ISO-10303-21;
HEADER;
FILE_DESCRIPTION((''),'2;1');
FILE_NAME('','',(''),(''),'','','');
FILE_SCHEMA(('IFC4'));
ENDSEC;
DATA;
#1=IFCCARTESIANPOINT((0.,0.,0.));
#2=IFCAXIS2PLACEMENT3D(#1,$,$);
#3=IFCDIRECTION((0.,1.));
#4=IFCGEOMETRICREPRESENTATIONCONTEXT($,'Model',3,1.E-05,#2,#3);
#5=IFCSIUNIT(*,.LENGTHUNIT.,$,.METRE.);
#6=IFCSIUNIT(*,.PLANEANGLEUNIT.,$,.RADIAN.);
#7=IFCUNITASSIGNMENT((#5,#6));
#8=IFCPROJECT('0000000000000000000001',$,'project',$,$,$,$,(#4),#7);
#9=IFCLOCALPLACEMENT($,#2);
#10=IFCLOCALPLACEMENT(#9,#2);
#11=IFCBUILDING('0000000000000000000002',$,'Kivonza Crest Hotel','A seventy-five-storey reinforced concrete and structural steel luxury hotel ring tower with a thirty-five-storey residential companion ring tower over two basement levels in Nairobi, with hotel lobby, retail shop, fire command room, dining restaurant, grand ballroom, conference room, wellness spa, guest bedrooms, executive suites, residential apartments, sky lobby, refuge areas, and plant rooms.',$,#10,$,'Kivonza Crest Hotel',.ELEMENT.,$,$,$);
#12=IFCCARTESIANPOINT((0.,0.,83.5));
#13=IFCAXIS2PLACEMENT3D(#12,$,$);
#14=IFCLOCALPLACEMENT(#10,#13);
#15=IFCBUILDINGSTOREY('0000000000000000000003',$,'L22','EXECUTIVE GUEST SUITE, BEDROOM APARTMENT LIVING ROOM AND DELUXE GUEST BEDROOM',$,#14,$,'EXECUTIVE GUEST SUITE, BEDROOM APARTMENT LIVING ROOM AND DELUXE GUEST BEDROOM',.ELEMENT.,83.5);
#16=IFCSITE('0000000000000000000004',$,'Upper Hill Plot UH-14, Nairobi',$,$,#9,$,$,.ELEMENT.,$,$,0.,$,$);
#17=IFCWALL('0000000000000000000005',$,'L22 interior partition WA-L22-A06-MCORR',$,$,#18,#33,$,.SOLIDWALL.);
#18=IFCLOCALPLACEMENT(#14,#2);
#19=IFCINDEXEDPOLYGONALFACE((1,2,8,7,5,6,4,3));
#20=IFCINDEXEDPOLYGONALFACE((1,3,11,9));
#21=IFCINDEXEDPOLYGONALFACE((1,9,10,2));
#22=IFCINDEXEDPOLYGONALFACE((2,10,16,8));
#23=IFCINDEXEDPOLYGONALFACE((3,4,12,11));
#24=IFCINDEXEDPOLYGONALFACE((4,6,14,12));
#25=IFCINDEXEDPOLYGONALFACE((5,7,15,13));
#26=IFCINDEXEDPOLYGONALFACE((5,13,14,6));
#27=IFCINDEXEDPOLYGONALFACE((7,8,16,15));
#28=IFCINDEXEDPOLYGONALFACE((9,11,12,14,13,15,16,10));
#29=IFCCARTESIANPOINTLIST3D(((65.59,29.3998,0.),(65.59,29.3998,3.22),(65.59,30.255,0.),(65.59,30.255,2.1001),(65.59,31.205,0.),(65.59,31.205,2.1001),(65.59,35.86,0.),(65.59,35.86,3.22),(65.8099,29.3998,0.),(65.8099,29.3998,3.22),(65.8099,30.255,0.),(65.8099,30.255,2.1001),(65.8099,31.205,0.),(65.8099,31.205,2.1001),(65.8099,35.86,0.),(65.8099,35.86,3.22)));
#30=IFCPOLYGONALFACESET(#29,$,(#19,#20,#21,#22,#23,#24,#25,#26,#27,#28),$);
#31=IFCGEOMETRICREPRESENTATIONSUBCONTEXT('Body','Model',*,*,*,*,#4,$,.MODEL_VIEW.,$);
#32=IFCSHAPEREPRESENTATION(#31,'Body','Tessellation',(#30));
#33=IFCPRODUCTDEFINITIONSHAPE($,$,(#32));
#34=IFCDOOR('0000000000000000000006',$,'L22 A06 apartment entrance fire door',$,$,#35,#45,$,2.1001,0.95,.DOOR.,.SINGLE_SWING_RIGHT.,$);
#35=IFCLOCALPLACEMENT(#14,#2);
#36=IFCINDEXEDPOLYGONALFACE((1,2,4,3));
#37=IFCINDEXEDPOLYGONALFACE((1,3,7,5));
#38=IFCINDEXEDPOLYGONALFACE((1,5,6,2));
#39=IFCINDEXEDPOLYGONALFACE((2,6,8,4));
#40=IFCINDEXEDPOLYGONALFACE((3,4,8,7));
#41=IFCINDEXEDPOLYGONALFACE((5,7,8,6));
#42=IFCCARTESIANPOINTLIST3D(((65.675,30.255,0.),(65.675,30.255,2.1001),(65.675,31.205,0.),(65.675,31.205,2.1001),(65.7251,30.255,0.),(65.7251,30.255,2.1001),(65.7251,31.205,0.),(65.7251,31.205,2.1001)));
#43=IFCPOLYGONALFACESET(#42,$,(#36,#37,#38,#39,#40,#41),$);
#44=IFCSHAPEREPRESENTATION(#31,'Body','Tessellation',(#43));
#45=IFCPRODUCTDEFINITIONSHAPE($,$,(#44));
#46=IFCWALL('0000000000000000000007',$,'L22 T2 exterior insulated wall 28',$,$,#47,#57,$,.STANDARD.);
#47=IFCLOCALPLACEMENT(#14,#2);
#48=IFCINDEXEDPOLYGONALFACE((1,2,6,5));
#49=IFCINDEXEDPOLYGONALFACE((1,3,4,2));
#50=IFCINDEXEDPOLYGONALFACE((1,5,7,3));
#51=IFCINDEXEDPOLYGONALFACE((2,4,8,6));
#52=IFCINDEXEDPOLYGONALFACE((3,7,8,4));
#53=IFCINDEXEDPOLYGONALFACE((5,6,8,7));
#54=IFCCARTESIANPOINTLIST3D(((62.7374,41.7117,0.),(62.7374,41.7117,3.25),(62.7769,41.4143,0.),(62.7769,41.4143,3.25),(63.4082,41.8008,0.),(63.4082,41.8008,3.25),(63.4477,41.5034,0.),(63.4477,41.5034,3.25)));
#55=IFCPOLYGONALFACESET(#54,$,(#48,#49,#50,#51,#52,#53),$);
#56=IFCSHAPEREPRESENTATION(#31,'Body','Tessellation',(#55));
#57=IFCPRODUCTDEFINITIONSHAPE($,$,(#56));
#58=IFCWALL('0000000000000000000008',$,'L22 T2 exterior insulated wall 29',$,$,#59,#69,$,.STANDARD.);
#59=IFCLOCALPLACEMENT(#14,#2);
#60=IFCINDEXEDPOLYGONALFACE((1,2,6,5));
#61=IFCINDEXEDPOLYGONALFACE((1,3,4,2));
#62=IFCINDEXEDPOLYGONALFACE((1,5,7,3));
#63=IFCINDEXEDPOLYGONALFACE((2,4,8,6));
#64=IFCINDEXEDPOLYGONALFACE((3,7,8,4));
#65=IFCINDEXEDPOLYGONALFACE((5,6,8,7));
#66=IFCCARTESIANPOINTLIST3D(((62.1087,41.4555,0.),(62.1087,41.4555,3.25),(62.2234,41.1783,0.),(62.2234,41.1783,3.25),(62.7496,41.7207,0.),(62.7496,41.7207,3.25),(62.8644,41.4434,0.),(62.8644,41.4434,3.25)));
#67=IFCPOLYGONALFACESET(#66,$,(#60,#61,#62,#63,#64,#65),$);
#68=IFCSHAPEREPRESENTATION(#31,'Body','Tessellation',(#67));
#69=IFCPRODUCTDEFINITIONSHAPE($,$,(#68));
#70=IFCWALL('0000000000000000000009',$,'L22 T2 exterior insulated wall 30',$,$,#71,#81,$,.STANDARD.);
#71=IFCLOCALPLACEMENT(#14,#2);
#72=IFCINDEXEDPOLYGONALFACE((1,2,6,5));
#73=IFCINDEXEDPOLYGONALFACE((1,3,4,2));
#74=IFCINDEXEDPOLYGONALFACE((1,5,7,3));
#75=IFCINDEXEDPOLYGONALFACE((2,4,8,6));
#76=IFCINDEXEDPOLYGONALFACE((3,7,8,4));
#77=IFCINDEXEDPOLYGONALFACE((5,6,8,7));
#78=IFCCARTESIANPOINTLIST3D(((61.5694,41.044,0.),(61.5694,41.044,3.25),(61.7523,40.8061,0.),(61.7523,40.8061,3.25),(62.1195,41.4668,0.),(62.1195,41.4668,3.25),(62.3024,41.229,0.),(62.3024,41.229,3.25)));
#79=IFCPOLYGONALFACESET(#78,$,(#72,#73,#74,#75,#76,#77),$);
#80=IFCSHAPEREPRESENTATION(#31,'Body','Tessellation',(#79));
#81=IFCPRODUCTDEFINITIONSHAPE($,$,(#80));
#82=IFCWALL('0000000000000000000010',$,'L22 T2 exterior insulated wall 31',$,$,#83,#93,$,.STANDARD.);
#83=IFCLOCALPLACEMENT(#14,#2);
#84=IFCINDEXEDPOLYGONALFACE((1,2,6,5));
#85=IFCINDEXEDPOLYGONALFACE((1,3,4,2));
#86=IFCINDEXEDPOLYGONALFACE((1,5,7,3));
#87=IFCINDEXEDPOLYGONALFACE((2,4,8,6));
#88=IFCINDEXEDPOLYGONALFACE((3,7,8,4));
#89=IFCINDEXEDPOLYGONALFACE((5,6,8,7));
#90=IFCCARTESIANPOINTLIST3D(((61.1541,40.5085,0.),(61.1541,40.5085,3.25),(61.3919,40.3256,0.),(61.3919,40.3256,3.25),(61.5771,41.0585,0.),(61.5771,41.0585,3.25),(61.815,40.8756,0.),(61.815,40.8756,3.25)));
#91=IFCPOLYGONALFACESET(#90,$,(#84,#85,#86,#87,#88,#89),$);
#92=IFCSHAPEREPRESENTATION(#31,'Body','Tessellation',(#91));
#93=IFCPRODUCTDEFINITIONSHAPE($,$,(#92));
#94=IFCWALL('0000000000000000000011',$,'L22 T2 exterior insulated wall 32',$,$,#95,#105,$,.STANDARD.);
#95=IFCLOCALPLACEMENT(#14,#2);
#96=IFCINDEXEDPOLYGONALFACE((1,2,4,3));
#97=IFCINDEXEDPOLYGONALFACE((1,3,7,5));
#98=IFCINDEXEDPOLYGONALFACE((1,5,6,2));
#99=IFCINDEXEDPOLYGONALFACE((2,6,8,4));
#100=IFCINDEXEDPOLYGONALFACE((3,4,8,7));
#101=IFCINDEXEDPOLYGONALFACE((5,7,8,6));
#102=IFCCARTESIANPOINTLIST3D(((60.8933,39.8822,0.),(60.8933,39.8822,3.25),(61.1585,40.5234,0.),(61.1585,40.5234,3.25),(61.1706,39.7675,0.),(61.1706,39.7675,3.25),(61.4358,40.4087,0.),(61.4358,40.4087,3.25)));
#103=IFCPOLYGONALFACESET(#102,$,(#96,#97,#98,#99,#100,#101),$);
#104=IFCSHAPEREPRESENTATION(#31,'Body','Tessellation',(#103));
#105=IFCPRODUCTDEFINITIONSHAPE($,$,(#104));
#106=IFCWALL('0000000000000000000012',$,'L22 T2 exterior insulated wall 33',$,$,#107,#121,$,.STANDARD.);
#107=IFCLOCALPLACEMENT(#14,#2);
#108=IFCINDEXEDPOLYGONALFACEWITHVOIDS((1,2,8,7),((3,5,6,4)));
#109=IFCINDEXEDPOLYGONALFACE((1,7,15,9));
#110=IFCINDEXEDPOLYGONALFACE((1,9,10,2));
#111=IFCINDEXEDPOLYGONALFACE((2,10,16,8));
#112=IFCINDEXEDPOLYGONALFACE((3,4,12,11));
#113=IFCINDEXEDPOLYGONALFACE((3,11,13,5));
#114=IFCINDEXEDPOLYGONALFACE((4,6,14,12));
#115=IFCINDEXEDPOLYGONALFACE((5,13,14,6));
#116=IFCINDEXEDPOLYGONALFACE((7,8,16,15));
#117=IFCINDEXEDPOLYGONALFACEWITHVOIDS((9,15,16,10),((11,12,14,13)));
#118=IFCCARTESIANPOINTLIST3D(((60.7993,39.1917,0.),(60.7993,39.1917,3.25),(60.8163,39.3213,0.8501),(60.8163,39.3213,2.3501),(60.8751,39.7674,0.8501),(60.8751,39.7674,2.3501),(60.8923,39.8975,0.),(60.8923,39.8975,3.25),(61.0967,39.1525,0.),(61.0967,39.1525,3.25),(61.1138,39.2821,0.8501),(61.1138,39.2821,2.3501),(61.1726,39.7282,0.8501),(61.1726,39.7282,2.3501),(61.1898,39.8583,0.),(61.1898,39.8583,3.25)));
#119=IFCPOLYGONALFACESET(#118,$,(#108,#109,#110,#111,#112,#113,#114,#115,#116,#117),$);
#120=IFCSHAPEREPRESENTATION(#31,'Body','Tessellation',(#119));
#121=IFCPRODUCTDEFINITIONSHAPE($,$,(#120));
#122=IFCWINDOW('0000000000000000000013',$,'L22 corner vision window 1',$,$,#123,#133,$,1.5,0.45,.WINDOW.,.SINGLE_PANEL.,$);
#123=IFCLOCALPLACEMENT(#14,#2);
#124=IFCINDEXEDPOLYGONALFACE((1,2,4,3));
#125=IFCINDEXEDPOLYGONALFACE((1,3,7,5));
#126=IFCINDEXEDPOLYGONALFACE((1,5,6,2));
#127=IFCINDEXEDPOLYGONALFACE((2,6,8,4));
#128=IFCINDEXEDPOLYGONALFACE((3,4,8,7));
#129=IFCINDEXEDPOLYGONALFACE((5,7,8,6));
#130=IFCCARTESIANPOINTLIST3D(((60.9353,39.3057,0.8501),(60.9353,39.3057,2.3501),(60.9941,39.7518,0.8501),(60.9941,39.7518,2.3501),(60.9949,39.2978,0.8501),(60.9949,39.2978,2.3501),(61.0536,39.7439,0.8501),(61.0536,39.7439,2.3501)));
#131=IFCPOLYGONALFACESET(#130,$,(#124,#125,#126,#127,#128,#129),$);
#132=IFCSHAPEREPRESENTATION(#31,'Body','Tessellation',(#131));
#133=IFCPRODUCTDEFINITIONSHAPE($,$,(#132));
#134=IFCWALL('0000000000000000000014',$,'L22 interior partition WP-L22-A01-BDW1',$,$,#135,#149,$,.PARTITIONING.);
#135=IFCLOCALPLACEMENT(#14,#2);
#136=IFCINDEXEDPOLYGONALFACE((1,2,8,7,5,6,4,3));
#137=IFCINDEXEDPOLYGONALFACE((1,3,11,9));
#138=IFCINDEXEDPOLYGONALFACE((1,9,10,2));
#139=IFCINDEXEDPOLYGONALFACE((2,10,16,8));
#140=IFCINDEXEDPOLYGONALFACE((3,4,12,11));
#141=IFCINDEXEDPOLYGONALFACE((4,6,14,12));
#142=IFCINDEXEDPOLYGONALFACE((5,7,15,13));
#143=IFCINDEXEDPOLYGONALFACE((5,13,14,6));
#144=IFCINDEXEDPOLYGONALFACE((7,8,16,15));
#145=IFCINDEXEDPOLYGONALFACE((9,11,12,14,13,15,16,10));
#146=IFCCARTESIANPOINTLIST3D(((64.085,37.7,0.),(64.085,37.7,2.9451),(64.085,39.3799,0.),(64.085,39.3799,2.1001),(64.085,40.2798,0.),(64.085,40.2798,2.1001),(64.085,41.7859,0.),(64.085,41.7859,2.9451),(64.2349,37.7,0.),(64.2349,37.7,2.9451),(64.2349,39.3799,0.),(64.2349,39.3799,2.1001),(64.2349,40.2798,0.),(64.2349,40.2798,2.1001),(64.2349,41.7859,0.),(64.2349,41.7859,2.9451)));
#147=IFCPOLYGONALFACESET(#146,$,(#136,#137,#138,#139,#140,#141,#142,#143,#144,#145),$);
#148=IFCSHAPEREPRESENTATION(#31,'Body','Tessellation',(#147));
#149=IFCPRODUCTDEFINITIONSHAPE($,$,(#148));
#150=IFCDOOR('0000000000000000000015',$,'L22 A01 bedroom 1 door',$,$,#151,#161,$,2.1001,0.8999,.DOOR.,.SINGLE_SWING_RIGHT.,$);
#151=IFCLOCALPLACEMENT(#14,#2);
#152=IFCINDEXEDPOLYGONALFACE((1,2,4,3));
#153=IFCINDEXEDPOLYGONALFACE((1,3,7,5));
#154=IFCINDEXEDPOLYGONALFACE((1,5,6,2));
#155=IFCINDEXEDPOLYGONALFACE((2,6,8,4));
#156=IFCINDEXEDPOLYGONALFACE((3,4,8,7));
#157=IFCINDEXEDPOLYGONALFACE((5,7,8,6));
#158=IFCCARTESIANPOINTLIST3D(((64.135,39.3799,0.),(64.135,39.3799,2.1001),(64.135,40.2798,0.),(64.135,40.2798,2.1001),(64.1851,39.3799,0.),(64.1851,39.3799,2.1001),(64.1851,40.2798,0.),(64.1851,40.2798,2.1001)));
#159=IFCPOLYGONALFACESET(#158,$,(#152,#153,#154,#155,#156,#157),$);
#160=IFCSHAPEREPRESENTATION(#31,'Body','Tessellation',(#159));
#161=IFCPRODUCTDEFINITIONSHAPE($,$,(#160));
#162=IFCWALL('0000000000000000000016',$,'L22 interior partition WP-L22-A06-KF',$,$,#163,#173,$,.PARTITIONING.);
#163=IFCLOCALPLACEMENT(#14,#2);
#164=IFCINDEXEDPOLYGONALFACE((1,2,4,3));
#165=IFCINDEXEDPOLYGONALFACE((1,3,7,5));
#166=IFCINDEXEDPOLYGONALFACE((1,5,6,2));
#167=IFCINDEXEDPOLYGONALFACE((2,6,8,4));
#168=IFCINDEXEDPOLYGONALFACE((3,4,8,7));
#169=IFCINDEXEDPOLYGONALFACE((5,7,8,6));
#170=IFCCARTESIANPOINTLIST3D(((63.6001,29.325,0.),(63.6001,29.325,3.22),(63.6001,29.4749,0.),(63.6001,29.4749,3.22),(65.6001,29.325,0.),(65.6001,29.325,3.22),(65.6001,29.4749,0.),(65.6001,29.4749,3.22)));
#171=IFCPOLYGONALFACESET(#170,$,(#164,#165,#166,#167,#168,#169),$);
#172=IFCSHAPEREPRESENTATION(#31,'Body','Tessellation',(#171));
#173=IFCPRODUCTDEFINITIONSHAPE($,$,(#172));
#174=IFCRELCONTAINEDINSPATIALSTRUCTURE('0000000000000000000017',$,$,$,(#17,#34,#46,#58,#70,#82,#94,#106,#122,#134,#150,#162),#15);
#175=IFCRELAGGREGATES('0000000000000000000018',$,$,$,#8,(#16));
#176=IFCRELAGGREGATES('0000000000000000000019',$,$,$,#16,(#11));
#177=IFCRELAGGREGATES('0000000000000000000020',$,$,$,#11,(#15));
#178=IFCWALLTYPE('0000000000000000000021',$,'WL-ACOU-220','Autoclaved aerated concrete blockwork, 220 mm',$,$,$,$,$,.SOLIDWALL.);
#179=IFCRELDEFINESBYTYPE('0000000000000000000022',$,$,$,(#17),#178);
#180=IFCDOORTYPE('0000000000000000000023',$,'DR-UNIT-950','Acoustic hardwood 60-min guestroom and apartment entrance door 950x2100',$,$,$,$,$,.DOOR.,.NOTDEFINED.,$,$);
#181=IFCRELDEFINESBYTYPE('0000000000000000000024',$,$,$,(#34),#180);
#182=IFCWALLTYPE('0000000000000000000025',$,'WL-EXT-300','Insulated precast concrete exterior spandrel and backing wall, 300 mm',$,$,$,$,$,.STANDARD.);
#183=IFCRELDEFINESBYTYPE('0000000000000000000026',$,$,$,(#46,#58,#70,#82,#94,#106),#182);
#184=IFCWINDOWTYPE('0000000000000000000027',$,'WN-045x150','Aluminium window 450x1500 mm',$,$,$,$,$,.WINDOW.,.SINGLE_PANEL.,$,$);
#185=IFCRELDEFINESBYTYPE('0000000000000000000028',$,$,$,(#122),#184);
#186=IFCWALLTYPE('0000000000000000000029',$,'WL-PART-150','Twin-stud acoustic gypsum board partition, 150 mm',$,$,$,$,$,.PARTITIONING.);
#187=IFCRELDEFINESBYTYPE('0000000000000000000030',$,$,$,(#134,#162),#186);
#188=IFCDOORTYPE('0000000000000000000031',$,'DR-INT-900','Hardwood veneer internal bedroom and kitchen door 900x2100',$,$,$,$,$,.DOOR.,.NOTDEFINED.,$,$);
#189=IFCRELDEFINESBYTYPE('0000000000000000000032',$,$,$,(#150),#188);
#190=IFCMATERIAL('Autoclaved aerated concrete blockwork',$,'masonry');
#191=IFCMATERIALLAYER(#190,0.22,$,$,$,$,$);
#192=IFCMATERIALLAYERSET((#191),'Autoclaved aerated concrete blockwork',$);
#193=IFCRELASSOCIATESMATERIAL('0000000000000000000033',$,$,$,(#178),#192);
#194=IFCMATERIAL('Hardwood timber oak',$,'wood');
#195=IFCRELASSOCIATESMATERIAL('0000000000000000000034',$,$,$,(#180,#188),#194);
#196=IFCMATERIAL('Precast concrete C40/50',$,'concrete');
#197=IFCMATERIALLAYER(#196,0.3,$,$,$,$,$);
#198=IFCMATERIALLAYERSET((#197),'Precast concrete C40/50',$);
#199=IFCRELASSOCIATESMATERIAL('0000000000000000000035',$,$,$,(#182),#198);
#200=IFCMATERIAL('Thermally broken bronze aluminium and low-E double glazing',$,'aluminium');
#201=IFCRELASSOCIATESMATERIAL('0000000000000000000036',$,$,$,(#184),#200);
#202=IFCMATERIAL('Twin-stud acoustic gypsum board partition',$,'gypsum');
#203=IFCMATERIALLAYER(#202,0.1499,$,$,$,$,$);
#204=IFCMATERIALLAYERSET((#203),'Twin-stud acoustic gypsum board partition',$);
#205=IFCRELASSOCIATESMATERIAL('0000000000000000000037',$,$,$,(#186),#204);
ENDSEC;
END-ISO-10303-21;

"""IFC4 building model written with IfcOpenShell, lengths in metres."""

from ifc_helpers import new_model, si_unit, direction, frame, frame_2d, origin, place, context, subcontext, project, spatial, rectangle, extrude, material, layer, layer_set, type_object, element, fill, save


model = new_model("IFC4")

# Units and contexts
model_context = context("Model", 3, precision=1e-05, world=origin(), true_north=direction((0.0, 1.0)))
body_context = subcontext(model_context, "Body", "Model", "MODEL_VIEW")
ifc_project = project(units=[si_unit("LENGTHUNIT", "METRE"), si_unit("PLANEANGLEUNIT", "RADIAN")], contexts=[model_context])

# Site, building, storey
site_placement = place(None, origin())
site = spatial("IfcSite", under=ifc_project, at=site_placement, Name="Upper Hill Plot UH-14, Nairobi", CompositionType="ELEMENT", RefElevation=0.0)
building_placement = place(site_placement, origin())
building = spatial("IfcBuilding", under=site, at=building_placement, Name="Kivonza Crest Hotel", Description="A seventy-five-storey reinforced concrete and structural steel luxury hotel ring tower with a thirty-five-storey residential companion ring tower over two basement levels in Nairobi, with hotel lobby, retail shop, fire command room, dining restaurant, grand ballroom, conference room, wellness spa, guest bedrooms, executive suites, residential apartments, sky lobby, refuge areas, and plant rooms.", LongName="Kivonza Crest Hotel", CompositionType="ELEMENT")
storey_placement = place(building_placement, frame((0.0, 0.0, 83.5)))
storey = spatial("IfcBuildingStorey", under=building, at=storey_placement, Name="L22", Description="EXECUTIVE GUEST SUITE, BEDROOM APARTMENT LIVING ROOM AND DELUXE GUEST BEDROOM", LongName="EXECUTIVE GUEST SUITE, BEDROOM APARTMENT LIVING ROOM AND DELUXE GUEST BEDROOM", CompositionType="ELEMENT", Elevation=83.5)

# Shared definitions
ifc_material_1 = material(Name="Autoclaved aerated concrete blockwork", Category="masonry")
ifc_layer_1 = layer(ifc_material_1, 0.22)
ifc_layer_set_1 = layer_set([ifc_layer_1], Name="Autoclaved aerated concrete blockwork")
wall_type_1 = type_object("IfcWallType", Name="WL-ACOU-220", Description="Autoclaved aerated concrete blockwork, 220 mm", PredefinedType="SOLIDWALL", material=ifc_layer_set_1)
ifc_material_2 = material(Name="Hardwood timber oak", Category="wood")
door_type_1 = type_object("IfcDoorType", Name="DR-UNIT-950", Description="Acoustic hardwood 60-min guestroom and apartment entrance door 950x2100", OperationType="NOTDEFINED", PredefinedType="DOOR", material=ifc_material_2)

# Wall, opening, door
wall_1_placement = place(storey_placement, frame((65.7, 29.3999, 0.0), z_axis=(0.0, 0.0, 1.0), x_axis=(0.0, 1.0, 0.0)))
wall_1 = element("IfcWall", 1, at=wall_1_placement, inside=storey, type_object=wall_type_1, Name="L22 interior partition WA-L22-A06-MCORR", PredefinedType="SOLIDWALL", context=body_context, shape_type="SweptSolid", body=[
    extrude(rectangle(XDim=6.4602, YDim=0.22, at=frame_2d((3.23, 0.0))), origin(), (0.0, 0.0, 1.0), 3.22),
])
opening_1_placement = place(wall_1_placement, frame((0.855, 0.0, 0.0)))
opening_1 = element("IfcOpeningElement", 2, at=opening_1_placement, cuts=wall_1, PredefinedType="OPENING", context=body_context, shape_type="SweptSolid", body=[
    extrude(rectangle(XDim=0.95, YDim=2.1001, at=frame_2d((0.4751, 1.05))), frame((0.0, 0.1201, 0.0), z_axis=(0.0, -1.0, 0.0), x_axis=(1.0, 0.0, 0.0)), (0.0, 0.0, 1.0), 0.24),
])
door_1_placement = place(opening_1_placement, origin())
door_1 = element("IfcDoor", 3, at=door_1_placement, inside=storey, type_object=door_type_1, Name="L22 A06 apartment entrance fire door", OperationType="SINGLE_SWING_RIGHT", OverallHeight=2.1001, OverallWidth=0.95, PredefinedType="DOOR", context=body_context, shape_type="SweptSolid", body=[
    extrude(rectangle(XDim=0.95, YDim=2.1001, at=frame_2d((0.4751, 1.05))), frame((0.0, 0.0249, 0.0), z_axis=(0.0, -1.0, 0.0), x_axis=(1.0, 0.0, 0.0)), (0.0, 0.0, 1.0), 0.05),
])
fill(opening_1, door_1)

# Walls
ifc_material_3 = material(Name="Precast concrete C40/50", Category="concrete")
ifc_layer_2 = layer(ifc_material_3, 0.3)
ifc_layer_set_2 = layer_set([ifc_layer_2], Name="Precast concrete C40/50")
wall_type_2 = type_object("IfcWallType", Name="WL-EXT-300", Description="Insulated precast concrete exterior spandrel and backing wall, 300 mm", PredefinedType="STANDARD", material=ifc_layer_set_2)
wall_2_placement = place(storey_placement, frame((63.428, 41.6521, 0.0), z_axis=(0.0, 0.0, 1.0), x_axis=(-0.991294, -0.131667, 0.0)))
element("IfcWall", 4, at=wall_2_placement, inside=storey, type_object=wall_type_2, Name="L22 T2 exterior insulated wall 28", PredefinedType="STANDARD", context=body_context, shape_type="SweptSolid", body=[
    extrude(rectangle(XDim=0.6768, YDim=0.3, at=frame_2d((0.3384, 0.0))), origin(), (0.0, 0.0, 1.0), 3.25),
])
wall_3_placement = place(storey_placement, frame((62.8069, 41.582, 0.0), z_axis=(0.0, 0.0, 1.0), x_axis=(-0.924043, -0.38229, 0.0)))
element("IfcWall", 5, at=wall_3_placement, inside=storey, type_object=wall_type_2, Name="L22 T2 exterior insulated wall 29", PredefinedType="STANDARD", context=body_context, shape_type="SweptSolid", body=[
    extrude(rectangle(XDim=0.6936, YDim=0.3, at=frame_2d((0.3467, 0.0))), origin(), (0.0, 0.0, 1.0), 3.25),
])
for number, where, z_axis, x_axis, name in (
    (6, (62.2109, 41.3479, 0.0), (0.0, 0.0, 1.0), (-0.792807, -0.609473, 0.0), "L22 T2 exterior insulated wall 30"),
    (7, (61.696, 40.967, 0.0), (0.0, 0.0, 1.0), (-0.609694, -0.792637, 0.0), "L22 T2 exterior insulated wall 31"),
    (8, (61.2971, 40.4661, 0.0), (0.0, 0.0, 1.0), (-0.382165, -0.924094, 0.0), "L22 T2 exterior insulated wall 32"),
):
    element("IfcWall", number, at=place(storey_placement, frame(where, z_axis=z_axis, x_axis=x_axis)), inside=storey, type_object=wall_type_2, Name=name, PredefinedType="STANDARD", context=body_context, shape_type="SweptSolid", body=[
        extrude(rectangle(XDim=0.6938, YDim=0.3, at=frame_2d((0.3469, 0.0))), origin(), (0.0, 0.0, 1.0), 3.25),
    ])

# Wall, opening, window
wall_4_placement = place(storey_placement, frame((61.041, 39.8779, 0.0), z_axis=(0.0, 0.0, 1.0), x_axis=(-0.130659, -0.991427, 0.0)))
wall_4 = element("IfcWall", 9, at=wall_4_placement, inside=storey, type_object=wall_type_2, Name="L22 T2 exterior insulated wall 33", PredefinedType="STANDARD", context=body_context, shape_type="SweptSolid", body=[
    extrude(rectangle(XDim=0.7119, YDim=0.3, at=frame_2d((0.356, 0.0))), origin(), (0.0, 0.0, 1.0), 3.25),
])
opening_2_placement = place(wall_4_placement, frame((0.1311, 0.0, 0.8501)))
opening_2 = element("IfcOpeningElement", 10, at=opening_2_placement, cuts=wall_4, PredefinedType="OPENING", context=body_context, shape_type="SweptSolid", body=[
    extrude(rectangle(XDim=0.45, YDim=1.5, at=frame_2d((0.2251, 0.75))), frame((0.0, 0.1602, 0.0), z_axis=(0.0, -1.0, 0.0), x_axis=(1.0, 0.0, 0.0)), (0.0, 0.0, 1.0), 0.3201),
])
ifc_material_4 = material(Name="Thermally broken bronze aluminium and low-E double glazing", Category="aluminium")
window_type = type_object("IfcWindowType", Name="WN-045x150", Description="Aluminium window 450x1500 mm", PartitioningType="SINGLE_PANEL", PredefinedType="WINDOW", material=ifc_material_4)
window_placement = place(opening_2_placement, origin())
window = element("IfcWindow", 11, at=window_placement, inside=storey, type_object=window_type, Name="L22 corner vision window 1", OverallHeight=1.5, OverallWidth=0.45, PartitioningType="SINGLE_PANEL", PredefinedType="WINDOW", context=body_context, shape_type="SweptSolid", body=[
    extrude(rectangle(XDim=0.45, YDim=1.5, at=frame_2d((0.2251, 0.75))), frame((0.0, 0.03, 0.0), z_axis=(0.0, -1.0, 0.0), x_axis=(1.0, 0.0, 0.0)), (0.0, 0.0, 1.0), 0.0601),
])
fill(opening_2, window)

# Wall, opening, door
ifc_material_5 = material(Name="Twin-stud acoustic gypsum board partition", Category="gypsum")
ifc_layer_3 = layer(ifc_material_5, 0.1499)
ifc_layer_set_3 = layer_set([ifc_layer_3], Name="Twin-stud acoustic gypsum board partition")
wall_type_3 = type_object("IfcWallType", Name="WL-PART-150", Description="Twin-stud acoustic gypsum board partition, 150 mm", PredefinedType="PARTITIONING", material=ifc_layer_set_3)
wall_5_placement = place(storey_placement, frame((64.1599, 37.7, 0.0), z_axis=(0.0, 0.0, 1.0), x_axis=(0.0, 1.0, 0.0)))
wall_5 = element("IfcWall", 12, at=wall_5_placement, inside=storey, type_object=wall_type_3, Name="L22 interior partition WP-L22-A01-BDW1", PredefinedType="PARTITIONING", context=body_context, shape_type="SweptSolid", body=[
    extrude(rectangle(XDim=4.0859, YDim=0.1499, at=frame_2d((2.043, 0.0))), origin(), (0.0, 0.0, 1.0), 2.9451),
])
opening_3_placement = place(wall_5_placement, frame((1.6799, 0.0, 0.0)))
opening_3 = element("IfcOpeningElement", 13, at=opening_3_placement, cuts=wall_5, PredefinedType="OPENING", context=body_context, shape_type="SweptSolid", body=[
    extrude(rectangle(XDim=0.8999, YDim=2.1001, at=frame_2d((0.45, 1.05))), frame((0.0, 0.085, 0.0), z_axis=(0.0, -1.0, 0.0), x_axis=(1.0, 0.0, 0.0)), (0.0, 0.0, 1.0), 0.1699),
])
door_type_2 = type_object("IfcDoorType", Name="DR-INT-900", Description="Hardwood veneer internal bedroom and kitchen door 900x2100", OperationType="NOTDEFINED", PredefinedType="DOOR", material=ifc_material_2)
door_2_placement = place(opening_3_placement, origin())
door_2 = element("IfcDoor", 14, at=door_2_placement, inside=storey, type_object=door_type_2, Name="L22 A01 bedroom 1 door", OperationType="SINGLE_SWING_RIGHT", OverallHeight=2.1001, OverallWidth=0.8999, PredefinedType="DOOR", context=body_context, shape_type="SweptSolid", body=[
    extrude(rectangle(XDim=0.8999, YDim=2.1001, at=frame_2d((0.45, 1.05))), frame((0.0, 0.0249, 0.0), z_axis=(0.0, -1.0, 0.0), x_axis=(1.0, 0.0, 0.0)), (0.0, 0.0, 1.0), 0.05),
])
fill(opening_3, door_2)

# Wall
wall_6_placement = place(storey_placement, frame((63.6001, 29.3999, 0.0), z_axis=(0.0, 0.0, 1.0), x_axis=(1.0, 0.0, 0.0)))
element("IfcWall", 15, at=wall_6_placement, inside=storey, type_object=wall_type_3, Name="L22 interior partition WP-L22-A06-KF", PredefinedType="PARTITIONING", context=body_context, shape_type="SweptSolid", body=[
    extrude(rectangle(XDim=2.0, YDim=0.1499, at=frame_2d((1.0, 0.0))), origin(), (0.0, 0.0, 1.0), 3.22),
])

save(model, "model.ifc")
